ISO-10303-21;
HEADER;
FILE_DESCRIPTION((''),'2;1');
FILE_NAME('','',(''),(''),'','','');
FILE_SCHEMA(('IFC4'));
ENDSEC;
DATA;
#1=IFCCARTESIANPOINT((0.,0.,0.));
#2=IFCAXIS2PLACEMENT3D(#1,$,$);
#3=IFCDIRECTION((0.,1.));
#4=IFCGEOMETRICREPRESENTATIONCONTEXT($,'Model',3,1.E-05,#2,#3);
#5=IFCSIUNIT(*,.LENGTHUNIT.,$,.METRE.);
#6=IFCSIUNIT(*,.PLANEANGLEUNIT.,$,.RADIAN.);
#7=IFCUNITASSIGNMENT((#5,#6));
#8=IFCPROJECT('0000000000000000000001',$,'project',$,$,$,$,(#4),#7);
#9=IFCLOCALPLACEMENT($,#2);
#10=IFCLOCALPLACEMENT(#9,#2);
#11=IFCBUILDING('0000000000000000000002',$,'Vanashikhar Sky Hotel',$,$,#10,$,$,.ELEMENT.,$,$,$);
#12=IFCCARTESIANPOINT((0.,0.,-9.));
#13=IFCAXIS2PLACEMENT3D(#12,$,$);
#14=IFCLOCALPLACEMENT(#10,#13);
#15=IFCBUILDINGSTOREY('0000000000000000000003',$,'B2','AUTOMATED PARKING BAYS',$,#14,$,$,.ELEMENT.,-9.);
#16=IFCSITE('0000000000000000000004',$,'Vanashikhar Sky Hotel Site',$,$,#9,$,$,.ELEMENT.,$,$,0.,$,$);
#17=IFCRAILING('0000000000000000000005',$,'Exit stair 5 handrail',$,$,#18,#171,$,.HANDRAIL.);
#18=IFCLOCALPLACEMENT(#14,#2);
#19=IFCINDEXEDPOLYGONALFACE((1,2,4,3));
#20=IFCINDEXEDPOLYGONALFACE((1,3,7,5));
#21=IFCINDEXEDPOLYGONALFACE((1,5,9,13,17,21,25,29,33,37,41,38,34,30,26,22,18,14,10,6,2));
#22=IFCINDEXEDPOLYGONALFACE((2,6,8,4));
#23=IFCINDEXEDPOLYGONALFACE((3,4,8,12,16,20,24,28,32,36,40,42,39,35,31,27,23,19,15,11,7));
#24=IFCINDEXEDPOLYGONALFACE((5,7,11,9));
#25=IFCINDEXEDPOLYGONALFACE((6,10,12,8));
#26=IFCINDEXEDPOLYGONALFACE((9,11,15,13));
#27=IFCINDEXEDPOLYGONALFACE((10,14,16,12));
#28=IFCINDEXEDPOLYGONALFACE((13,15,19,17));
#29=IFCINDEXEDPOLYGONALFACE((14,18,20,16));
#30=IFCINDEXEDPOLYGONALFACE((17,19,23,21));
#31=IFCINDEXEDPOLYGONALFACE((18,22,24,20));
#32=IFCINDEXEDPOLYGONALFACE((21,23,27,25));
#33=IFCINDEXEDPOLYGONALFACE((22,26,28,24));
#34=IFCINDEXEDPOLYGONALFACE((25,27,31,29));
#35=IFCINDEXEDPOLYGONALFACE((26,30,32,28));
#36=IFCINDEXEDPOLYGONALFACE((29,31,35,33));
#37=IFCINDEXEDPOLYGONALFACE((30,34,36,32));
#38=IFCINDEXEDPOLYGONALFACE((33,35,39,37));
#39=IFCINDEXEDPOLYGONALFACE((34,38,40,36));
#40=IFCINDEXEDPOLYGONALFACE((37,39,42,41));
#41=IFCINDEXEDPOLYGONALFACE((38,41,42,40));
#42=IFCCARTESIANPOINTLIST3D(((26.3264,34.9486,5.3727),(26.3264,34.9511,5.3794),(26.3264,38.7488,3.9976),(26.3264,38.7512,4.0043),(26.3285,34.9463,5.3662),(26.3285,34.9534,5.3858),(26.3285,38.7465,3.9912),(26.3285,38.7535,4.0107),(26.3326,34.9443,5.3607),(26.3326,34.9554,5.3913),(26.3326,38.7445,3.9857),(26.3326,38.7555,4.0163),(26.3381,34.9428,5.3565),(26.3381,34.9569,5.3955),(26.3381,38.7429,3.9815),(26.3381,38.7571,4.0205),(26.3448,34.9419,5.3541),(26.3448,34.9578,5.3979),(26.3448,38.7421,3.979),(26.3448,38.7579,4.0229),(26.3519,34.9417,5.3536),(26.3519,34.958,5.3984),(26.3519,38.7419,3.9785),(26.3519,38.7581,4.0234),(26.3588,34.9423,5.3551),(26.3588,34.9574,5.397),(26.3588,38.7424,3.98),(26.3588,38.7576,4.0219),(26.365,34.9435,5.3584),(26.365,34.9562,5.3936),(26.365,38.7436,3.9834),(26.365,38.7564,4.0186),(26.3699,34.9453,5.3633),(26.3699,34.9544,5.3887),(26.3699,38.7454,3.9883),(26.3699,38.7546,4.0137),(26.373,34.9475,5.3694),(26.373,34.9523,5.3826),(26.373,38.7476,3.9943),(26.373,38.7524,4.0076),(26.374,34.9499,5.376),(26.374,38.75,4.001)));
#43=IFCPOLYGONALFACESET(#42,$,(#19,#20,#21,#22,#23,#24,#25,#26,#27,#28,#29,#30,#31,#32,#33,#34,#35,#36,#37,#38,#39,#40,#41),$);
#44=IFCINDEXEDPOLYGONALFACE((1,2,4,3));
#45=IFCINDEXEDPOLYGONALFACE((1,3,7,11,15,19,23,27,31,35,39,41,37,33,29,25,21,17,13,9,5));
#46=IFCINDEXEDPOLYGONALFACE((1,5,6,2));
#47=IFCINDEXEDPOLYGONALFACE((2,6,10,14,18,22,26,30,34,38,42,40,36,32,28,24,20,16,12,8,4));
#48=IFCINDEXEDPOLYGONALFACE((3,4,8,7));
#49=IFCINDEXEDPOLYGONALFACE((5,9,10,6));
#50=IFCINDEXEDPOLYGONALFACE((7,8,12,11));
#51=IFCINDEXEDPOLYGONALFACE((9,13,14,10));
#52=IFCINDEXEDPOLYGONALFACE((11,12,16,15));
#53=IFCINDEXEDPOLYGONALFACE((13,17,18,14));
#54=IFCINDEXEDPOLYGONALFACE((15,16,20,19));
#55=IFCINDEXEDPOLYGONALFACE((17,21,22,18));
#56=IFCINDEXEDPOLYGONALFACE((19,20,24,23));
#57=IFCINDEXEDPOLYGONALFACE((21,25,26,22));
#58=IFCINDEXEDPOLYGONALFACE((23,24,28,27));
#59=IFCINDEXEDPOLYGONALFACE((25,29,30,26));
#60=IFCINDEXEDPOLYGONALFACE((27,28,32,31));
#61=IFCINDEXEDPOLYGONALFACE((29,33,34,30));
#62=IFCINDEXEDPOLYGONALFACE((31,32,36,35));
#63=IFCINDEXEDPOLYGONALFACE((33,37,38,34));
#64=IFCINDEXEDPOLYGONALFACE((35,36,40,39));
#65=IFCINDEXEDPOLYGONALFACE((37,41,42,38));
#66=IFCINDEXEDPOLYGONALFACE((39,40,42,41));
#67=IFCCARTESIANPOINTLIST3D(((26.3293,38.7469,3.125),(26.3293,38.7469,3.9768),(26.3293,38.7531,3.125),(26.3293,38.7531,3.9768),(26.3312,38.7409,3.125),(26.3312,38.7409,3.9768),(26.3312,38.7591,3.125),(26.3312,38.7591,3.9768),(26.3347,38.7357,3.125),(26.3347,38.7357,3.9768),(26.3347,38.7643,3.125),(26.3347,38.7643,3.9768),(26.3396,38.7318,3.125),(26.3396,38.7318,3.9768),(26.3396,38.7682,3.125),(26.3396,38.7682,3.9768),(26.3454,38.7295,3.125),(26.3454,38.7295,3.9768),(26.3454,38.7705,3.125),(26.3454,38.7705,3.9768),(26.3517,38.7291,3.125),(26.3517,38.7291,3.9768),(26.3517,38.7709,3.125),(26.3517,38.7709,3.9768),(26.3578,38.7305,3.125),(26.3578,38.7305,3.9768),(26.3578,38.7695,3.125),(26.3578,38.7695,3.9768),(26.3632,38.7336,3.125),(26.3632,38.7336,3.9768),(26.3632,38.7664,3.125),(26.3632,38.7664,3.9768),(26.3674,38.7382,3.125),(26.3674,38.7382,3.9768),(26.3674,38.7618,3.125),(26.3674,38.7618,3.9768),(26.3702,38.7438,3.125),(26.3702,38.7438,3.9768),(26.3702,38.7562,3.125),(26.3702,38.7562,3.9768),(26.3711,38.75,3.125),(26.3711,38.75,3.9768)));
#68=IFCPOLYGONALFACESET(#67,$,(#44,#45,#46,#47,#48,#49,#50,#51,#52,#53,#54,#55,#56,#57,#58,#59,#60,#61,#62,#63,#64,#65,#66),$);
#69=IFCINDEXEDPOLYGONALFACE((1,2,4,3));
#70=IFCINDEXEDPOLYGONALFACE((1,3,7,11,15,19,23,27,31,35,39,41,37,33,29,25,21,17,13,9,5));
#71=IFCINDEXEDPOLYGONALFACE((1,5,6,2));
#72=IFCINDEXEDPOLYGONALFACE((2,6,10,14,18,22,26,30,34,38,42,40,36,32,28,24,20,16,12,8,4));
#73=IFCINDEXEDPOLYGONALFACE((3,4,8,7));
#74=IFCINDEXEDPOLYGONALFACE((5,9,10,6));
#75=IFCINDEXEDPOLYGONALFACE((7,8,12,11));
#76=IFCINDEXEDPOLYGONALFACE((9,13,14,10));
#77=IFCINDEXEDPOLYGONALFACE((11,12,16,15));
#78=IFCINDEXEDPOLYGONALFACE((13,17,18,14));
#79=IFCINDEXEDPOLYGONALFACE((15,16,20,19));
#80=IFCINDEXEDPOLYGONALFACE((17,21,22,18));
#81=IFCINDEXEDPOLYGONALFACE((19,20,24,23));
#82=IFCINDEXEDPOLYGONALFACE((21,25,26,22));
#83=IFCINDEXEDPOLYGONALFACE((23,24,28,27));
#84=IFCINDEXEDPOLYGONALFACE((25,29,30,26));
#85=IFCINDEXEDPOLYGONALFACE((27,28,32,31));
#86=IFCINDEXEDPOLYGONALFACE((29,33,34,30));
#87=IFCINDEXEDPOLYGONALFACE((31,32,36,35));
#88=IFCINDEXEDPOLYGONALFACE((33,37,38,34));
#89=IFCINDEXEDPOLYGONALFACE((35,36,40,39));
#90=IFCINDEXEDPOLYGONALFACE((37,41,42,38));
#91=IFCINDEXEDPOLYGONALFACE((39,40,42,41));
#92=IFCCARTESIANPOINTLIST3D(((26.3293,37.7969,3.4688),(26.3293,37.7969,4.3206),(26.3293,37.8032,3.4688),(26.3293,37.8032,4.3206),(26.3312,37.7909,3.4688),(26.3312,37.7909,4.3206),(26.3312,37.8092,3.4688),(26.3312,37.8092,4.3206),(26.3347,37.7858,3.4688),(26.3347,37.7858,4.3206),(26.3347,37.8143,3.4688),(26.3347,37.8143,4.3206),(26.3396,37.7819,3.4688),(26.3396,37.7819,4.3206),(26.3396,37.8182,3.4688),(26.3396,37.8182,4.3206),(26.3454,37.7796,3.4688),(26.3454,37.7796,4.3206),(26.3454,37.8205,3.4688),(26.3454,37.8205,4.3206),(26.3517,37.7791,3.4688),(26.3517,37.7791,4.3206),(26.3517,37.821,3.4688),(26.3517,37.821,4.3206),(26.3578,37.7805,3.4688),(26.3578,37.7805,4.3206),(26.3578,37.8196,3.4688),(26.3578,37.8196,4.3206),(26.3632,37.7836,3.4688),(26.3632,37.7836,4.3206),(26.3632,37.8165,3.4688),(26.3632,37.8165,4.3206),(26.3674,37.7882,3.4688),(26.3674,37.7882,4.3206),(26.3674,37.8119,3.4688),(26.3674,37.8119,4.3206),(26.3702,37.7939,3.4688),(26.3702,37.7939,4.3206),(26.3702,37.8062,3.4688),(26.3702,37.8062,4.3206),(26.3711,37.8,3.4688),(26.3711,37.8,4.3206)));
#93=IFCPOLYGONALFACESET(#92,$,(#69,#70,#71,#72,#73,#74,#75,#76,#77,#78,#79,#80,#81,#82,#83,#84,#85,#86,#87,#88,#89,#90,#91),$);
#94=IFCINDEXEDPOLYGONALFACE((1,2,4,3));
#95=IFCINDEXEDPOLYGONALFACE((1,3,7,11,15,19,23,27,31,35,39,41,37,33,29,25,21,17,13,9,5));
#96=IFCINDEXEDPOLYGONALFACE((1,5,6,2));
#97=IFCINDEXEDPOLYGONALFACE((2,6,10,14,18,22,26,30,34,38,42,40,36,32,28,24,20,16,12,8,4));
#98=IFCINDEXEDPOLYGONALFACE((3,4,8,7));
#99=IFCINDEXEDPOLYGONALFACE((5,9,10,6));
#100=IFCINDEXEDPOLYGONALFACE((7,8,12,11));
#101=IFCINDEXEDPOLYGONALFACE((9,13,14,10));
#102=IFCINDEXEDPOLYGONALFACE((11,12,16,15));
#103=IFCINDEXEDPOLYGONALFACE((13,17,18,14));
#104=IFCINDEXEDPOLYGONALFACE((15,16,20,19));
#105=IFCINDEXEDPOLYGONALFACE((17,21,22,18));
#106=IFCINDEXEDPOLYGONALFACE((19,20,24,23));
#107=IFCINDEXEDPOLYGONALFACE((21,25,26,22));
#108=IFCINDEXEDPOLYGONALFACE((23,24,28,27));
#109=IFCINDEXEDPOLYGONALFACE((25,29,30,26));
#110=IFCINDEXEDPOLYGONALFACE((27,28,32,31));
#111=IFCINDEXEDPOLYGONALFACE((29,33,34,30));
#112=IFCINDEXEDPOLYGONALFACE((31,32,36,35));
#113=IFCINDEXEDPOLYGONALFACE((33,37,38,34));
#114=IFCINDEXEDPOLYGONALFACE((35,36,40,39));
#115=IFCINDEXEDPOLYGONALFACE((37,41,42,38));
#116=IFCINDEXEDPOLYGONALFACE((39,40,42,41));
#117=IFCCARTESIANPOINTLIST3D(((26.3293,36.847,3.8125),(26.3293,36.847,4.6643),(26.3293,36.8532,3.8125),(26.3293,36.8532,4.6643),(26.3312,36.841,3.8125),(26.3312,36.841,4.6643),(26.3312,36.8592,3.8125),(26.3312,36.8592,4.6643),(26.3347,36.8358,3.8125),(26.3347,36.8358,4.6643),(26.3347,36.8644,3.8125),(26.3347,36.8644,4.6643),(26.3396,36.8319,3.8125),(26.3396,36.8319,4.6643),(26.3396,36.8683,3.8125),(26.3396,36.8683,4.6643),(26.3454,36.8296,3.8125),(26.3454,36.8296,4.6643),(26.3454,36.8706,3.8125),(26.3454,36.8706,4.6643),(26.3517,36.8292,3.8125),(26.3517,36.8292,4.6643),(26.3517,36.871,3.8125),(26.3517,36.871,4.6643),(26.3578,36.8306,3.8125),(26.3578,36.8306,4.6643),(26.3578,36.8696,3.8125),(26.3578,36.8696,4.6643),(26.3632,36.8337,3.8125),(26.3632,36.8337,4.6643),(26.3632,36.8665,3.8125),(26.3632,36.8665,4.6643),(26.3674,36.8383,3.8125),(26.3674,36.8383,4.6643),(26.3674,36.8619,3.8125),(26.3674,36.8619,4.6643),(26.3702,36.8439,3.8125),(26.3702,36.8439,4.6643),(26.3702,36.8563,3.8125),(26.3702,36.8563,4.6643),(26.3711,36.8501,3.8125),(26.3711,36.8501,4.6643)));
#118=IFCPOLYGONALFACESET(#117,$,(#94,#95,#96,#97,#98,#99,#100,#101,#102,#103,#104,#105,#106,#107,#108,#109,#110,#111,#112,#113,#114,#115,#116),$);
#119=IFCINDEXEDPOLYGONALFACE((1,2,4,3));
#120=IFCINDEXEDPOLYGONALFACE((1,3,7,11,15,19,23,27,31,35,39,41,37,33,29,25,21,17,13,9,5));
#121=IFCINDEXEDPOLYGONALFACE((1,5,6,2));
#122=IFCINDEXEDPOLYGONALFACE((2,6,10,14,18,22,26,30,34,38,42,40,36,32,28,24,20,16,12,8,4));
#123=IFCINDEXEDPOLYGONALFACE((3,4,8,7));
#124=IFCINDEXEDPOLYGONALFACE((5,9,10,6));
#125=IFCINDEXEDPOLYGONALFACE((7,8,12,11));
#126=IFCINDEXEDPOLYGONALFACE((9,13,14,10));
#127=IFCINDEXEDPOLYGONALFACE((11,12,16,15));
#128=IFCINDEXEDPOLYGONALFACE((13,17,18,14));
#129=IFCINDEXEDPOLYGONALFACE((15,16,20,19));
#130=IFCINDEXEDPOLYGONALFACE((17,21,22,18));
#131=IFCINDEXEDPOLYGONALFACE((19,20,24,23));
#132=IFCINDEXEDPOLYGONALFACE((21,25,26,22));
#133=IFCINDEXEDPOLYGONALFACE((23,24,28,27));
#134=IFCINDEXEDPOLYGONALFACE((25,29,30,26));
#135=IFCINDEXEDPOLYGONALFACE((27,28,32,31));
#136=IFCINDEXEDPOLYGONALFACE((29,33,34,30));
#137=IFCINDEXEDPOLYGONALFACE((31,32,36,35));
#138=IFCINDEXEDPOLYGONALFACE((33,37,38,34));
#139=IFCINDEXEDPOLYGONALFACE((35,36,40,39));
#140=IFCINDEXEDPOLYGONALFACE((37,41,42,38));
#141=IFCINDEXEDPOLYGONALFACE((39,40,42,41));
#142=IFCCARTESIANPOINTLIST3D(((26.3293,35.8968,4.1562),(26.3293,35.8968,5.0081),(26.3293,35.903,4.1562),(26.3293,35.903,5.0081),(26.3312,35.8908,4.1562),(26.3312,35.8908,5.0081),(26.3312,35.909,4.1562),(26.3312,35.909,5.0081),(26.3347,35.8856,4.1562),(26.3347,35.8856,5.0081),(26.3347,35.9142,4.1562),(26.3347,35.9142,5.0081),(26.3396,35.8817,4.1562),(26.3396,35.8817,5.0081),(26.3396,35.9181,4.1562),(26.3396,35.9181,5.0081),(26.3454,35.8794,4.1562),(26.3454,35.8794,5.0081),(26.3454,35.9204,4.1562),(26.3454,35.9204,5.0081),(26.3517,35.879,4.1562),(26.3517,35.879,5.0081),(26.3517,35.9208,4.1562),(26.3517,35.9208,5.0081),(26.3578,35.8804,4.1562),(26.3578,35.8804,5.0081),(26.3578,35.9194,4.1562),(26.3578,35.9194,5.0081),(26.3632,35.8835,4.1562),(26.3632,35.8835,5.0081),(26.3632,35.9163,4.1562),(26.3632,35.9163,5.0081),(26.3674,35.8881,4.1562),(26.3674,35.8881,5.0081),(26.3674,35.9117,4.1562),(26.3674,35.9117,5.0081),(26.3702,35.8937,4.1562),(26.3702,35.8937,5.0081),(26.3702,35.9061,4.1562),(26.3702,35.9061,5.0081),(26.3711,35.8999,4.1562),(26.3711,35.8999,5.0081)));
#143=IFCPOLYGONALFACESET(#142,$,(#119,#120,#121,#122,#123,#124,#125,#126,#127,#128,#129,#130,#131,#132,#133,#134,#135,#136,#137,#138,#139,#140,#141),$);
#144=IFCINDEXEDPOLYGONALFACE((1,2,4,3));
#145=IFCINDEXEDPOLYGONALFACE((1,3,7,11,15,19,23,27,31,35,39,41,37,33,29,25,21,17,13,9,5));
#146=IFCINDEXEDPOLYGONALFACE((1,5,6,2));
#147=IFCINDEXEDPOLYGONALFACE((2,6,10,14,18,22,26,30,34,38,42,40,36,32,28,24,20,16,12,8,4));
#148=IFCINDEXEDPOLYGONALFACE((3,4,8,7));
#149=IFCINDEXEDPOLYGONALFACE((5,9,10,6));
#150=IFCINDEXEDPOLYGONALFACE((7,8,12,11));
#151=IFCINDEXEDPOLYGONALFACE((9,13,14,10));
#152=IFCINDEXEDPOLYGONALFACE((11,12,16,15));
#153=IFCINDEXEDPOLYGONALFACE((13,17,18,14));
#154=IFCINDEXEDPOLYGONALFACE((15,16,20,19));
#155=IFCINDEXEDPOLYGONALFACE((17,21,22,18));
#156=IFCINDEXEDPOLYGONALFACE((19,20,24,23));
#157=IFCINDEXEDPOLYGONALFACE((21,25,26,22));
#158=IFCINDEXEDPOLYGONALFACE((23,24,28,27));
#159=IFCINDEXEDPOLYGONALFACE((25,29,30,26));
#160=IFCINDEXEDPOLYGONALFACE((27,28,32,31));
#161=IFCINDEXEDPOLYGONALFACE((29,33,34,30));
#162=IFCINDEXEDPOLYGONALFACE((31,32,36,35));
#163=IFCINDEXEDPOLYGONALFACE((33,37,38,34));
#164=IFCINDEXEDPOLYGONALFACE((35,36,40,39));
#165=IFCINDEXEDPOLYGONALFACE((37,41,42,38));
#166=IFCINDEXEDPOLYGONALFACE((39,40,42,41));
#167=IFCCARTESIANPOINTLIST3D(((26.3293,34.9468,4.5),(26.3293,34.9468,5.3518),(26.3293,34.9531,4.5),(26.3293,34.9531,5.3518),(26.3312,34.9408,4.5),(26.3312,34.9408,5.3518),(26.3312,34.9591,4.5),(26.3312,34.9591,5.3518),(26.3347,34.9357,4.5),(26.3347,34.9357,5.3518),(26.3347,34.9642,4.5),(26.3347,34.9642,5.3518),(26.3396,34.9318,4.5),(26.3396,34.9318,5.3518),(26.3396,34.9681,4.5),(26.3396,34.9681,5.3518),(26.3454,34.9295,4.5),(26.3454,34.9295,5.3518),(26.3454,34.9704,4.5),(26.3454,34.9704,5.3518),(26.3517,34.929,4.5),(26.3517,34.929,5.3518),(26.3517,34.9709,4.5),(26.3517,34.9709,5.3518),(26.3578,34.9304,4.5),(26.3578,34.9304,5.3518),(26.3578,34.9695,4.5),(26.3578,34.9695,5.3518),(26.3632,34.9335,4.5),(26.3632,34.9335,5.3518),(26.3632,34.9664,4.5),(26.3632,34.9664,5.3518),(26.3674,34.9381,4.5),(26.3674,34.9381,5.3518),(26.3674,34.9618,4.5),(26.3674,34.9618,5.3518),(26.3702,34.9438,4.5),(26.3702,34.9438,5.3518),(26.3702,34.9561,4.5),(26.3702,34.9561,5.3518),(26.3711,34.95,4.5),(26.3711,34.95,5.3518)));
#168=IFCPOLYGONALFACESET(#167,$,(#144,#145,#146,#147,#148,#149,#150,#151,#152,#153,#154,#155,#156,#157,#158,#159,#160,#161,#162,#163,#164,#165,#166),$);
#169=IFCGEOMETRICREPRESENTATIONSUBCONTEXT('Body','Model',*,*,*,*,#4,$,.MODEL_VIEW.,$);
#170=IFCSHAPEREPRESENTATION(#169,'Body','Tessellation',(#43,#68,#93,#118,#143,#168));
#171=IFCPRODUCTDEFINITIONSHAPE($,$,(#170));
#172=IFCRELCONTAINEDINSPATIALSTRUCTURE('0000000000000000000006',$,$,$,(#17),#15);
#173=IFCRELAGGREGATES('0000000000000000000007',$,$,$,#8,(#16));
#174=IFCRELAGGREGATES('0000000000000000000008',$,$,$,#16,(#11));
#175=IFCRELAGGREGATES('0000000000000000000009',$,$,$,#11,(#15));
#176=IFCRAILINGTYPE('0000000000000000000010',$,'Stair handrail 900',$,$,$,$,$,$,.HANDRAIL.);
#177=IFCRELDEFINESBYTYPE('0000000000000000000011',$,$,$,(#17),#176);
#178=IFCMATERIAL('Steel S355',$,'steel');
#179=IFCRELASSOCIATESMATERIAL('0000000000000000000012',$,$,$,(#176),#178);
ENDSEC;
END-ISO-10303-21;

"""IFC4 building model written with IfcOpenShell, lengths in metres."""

from ifc_helpers import new_model, si_unit, direction, frame, origin, origin_2d, place, context, subcontext, project, spatial, circle, extrude, source, transform, mapped, material, type_object, element, save


model = new_model("IFC4")

# Units and contexts
model_context = context("Model", 3, precision=1e-05, world=origin(), true_north=direction((0.0, 1.0)))
body_context = subcontext(model_context, "Body", "Model", "MODEL_VIEW")
ifc_project = project(units=[si_unit("LENGTHUNIT", "METRE"), si_unit("PLANEANGLEUNIT", "RADIAN")], contexts=[model_context])

# Site, building, storey
site_placement = place(None, origin())
site = spatial("IfcSite", under=ifc_project, at=site_placement, Name="Vanashikhar Sky Hotel Site", CompositionType="ELEMENT", RefElevation=0.0)
building_placement = place(site_placement, origin())
building = spatial("IfcBuilding", under=site, at=building_placement, Name="Vanashikhar Sky Hotel", CompositionType="ELEMENT")
storey_placement = place(building_placement, frame((0.0, 0.0, -9.0)))
storey = spatial("IfcBuildingStorey", under=building, at=storey_placement, Name="B2", Description="AUTOMATED PARKING BAYS", CompositionType="ELEMENT", Elevation=-9.0)

# Railing
ifc_material_1 = material(Name="Steel S355", Category="steel")
railing_type_1 = type_object("IfcRailingType", Name="Stair handrail 900", PredefinedType="HANDRAIL", material=ifc_material_1)
shared_shape_1 = source(origin(), body_context, "Body", "SweptSolid", [
    extrude(circle(Radius=0.0239, at=origin_2d()), frame((0.0, 0.0, 0.876), z_axis=(0.0, -0.940336, 0.340249), x_axis=(1.0, 0.0, 0.0)), (0.0, 0.0, 1.0), 4.0413),
    extrude(circle(Radius=0.021, at=origin_2d()), origin(), (0.0, 0.0, 1.0), 0.8518),
    extrude(circle(Radius=0.021, at=origin_2d()), frame((0.0, -0.95, 0.3438)), (0.0, 0.0, 1.0), 0.8518),
    extrude(circle(Radius=0.021, at=origin_2d()), frame((0.0, -1.8999, 0.6875)), (0.0, 0.0, 1.0), 0.8518),
    extrude(circle(Radius=0.021, at=origin_2d()), frame((0.0, -2.8501, 1.0312)), (0.0, 0.0, 1.0), 0.8518),
    extrude(circle(Radius=0.021, at=origin_2d()), frame((0.0, -3.8, 1.375)), (0.0, 0.0, 1.0), 0.8518),
])
for number, where, name in (
    (1, (26.3501, 38.75, 3.125), "Exit stair 5 handrail"),
):
    element("IfcRailing", number, at=place(storey_placement, frame(where)), inside=storey, type_object=railing_type_1, Name=name, PredefinedType="HANDRAIL", context=body_context, shape_type="MappedRepresentation", body=[
        mapped(shared_shape_1, transform((0.0, 0.0, 0.0), scale=1.0)),
    ])

save(model, "model.ifc")
